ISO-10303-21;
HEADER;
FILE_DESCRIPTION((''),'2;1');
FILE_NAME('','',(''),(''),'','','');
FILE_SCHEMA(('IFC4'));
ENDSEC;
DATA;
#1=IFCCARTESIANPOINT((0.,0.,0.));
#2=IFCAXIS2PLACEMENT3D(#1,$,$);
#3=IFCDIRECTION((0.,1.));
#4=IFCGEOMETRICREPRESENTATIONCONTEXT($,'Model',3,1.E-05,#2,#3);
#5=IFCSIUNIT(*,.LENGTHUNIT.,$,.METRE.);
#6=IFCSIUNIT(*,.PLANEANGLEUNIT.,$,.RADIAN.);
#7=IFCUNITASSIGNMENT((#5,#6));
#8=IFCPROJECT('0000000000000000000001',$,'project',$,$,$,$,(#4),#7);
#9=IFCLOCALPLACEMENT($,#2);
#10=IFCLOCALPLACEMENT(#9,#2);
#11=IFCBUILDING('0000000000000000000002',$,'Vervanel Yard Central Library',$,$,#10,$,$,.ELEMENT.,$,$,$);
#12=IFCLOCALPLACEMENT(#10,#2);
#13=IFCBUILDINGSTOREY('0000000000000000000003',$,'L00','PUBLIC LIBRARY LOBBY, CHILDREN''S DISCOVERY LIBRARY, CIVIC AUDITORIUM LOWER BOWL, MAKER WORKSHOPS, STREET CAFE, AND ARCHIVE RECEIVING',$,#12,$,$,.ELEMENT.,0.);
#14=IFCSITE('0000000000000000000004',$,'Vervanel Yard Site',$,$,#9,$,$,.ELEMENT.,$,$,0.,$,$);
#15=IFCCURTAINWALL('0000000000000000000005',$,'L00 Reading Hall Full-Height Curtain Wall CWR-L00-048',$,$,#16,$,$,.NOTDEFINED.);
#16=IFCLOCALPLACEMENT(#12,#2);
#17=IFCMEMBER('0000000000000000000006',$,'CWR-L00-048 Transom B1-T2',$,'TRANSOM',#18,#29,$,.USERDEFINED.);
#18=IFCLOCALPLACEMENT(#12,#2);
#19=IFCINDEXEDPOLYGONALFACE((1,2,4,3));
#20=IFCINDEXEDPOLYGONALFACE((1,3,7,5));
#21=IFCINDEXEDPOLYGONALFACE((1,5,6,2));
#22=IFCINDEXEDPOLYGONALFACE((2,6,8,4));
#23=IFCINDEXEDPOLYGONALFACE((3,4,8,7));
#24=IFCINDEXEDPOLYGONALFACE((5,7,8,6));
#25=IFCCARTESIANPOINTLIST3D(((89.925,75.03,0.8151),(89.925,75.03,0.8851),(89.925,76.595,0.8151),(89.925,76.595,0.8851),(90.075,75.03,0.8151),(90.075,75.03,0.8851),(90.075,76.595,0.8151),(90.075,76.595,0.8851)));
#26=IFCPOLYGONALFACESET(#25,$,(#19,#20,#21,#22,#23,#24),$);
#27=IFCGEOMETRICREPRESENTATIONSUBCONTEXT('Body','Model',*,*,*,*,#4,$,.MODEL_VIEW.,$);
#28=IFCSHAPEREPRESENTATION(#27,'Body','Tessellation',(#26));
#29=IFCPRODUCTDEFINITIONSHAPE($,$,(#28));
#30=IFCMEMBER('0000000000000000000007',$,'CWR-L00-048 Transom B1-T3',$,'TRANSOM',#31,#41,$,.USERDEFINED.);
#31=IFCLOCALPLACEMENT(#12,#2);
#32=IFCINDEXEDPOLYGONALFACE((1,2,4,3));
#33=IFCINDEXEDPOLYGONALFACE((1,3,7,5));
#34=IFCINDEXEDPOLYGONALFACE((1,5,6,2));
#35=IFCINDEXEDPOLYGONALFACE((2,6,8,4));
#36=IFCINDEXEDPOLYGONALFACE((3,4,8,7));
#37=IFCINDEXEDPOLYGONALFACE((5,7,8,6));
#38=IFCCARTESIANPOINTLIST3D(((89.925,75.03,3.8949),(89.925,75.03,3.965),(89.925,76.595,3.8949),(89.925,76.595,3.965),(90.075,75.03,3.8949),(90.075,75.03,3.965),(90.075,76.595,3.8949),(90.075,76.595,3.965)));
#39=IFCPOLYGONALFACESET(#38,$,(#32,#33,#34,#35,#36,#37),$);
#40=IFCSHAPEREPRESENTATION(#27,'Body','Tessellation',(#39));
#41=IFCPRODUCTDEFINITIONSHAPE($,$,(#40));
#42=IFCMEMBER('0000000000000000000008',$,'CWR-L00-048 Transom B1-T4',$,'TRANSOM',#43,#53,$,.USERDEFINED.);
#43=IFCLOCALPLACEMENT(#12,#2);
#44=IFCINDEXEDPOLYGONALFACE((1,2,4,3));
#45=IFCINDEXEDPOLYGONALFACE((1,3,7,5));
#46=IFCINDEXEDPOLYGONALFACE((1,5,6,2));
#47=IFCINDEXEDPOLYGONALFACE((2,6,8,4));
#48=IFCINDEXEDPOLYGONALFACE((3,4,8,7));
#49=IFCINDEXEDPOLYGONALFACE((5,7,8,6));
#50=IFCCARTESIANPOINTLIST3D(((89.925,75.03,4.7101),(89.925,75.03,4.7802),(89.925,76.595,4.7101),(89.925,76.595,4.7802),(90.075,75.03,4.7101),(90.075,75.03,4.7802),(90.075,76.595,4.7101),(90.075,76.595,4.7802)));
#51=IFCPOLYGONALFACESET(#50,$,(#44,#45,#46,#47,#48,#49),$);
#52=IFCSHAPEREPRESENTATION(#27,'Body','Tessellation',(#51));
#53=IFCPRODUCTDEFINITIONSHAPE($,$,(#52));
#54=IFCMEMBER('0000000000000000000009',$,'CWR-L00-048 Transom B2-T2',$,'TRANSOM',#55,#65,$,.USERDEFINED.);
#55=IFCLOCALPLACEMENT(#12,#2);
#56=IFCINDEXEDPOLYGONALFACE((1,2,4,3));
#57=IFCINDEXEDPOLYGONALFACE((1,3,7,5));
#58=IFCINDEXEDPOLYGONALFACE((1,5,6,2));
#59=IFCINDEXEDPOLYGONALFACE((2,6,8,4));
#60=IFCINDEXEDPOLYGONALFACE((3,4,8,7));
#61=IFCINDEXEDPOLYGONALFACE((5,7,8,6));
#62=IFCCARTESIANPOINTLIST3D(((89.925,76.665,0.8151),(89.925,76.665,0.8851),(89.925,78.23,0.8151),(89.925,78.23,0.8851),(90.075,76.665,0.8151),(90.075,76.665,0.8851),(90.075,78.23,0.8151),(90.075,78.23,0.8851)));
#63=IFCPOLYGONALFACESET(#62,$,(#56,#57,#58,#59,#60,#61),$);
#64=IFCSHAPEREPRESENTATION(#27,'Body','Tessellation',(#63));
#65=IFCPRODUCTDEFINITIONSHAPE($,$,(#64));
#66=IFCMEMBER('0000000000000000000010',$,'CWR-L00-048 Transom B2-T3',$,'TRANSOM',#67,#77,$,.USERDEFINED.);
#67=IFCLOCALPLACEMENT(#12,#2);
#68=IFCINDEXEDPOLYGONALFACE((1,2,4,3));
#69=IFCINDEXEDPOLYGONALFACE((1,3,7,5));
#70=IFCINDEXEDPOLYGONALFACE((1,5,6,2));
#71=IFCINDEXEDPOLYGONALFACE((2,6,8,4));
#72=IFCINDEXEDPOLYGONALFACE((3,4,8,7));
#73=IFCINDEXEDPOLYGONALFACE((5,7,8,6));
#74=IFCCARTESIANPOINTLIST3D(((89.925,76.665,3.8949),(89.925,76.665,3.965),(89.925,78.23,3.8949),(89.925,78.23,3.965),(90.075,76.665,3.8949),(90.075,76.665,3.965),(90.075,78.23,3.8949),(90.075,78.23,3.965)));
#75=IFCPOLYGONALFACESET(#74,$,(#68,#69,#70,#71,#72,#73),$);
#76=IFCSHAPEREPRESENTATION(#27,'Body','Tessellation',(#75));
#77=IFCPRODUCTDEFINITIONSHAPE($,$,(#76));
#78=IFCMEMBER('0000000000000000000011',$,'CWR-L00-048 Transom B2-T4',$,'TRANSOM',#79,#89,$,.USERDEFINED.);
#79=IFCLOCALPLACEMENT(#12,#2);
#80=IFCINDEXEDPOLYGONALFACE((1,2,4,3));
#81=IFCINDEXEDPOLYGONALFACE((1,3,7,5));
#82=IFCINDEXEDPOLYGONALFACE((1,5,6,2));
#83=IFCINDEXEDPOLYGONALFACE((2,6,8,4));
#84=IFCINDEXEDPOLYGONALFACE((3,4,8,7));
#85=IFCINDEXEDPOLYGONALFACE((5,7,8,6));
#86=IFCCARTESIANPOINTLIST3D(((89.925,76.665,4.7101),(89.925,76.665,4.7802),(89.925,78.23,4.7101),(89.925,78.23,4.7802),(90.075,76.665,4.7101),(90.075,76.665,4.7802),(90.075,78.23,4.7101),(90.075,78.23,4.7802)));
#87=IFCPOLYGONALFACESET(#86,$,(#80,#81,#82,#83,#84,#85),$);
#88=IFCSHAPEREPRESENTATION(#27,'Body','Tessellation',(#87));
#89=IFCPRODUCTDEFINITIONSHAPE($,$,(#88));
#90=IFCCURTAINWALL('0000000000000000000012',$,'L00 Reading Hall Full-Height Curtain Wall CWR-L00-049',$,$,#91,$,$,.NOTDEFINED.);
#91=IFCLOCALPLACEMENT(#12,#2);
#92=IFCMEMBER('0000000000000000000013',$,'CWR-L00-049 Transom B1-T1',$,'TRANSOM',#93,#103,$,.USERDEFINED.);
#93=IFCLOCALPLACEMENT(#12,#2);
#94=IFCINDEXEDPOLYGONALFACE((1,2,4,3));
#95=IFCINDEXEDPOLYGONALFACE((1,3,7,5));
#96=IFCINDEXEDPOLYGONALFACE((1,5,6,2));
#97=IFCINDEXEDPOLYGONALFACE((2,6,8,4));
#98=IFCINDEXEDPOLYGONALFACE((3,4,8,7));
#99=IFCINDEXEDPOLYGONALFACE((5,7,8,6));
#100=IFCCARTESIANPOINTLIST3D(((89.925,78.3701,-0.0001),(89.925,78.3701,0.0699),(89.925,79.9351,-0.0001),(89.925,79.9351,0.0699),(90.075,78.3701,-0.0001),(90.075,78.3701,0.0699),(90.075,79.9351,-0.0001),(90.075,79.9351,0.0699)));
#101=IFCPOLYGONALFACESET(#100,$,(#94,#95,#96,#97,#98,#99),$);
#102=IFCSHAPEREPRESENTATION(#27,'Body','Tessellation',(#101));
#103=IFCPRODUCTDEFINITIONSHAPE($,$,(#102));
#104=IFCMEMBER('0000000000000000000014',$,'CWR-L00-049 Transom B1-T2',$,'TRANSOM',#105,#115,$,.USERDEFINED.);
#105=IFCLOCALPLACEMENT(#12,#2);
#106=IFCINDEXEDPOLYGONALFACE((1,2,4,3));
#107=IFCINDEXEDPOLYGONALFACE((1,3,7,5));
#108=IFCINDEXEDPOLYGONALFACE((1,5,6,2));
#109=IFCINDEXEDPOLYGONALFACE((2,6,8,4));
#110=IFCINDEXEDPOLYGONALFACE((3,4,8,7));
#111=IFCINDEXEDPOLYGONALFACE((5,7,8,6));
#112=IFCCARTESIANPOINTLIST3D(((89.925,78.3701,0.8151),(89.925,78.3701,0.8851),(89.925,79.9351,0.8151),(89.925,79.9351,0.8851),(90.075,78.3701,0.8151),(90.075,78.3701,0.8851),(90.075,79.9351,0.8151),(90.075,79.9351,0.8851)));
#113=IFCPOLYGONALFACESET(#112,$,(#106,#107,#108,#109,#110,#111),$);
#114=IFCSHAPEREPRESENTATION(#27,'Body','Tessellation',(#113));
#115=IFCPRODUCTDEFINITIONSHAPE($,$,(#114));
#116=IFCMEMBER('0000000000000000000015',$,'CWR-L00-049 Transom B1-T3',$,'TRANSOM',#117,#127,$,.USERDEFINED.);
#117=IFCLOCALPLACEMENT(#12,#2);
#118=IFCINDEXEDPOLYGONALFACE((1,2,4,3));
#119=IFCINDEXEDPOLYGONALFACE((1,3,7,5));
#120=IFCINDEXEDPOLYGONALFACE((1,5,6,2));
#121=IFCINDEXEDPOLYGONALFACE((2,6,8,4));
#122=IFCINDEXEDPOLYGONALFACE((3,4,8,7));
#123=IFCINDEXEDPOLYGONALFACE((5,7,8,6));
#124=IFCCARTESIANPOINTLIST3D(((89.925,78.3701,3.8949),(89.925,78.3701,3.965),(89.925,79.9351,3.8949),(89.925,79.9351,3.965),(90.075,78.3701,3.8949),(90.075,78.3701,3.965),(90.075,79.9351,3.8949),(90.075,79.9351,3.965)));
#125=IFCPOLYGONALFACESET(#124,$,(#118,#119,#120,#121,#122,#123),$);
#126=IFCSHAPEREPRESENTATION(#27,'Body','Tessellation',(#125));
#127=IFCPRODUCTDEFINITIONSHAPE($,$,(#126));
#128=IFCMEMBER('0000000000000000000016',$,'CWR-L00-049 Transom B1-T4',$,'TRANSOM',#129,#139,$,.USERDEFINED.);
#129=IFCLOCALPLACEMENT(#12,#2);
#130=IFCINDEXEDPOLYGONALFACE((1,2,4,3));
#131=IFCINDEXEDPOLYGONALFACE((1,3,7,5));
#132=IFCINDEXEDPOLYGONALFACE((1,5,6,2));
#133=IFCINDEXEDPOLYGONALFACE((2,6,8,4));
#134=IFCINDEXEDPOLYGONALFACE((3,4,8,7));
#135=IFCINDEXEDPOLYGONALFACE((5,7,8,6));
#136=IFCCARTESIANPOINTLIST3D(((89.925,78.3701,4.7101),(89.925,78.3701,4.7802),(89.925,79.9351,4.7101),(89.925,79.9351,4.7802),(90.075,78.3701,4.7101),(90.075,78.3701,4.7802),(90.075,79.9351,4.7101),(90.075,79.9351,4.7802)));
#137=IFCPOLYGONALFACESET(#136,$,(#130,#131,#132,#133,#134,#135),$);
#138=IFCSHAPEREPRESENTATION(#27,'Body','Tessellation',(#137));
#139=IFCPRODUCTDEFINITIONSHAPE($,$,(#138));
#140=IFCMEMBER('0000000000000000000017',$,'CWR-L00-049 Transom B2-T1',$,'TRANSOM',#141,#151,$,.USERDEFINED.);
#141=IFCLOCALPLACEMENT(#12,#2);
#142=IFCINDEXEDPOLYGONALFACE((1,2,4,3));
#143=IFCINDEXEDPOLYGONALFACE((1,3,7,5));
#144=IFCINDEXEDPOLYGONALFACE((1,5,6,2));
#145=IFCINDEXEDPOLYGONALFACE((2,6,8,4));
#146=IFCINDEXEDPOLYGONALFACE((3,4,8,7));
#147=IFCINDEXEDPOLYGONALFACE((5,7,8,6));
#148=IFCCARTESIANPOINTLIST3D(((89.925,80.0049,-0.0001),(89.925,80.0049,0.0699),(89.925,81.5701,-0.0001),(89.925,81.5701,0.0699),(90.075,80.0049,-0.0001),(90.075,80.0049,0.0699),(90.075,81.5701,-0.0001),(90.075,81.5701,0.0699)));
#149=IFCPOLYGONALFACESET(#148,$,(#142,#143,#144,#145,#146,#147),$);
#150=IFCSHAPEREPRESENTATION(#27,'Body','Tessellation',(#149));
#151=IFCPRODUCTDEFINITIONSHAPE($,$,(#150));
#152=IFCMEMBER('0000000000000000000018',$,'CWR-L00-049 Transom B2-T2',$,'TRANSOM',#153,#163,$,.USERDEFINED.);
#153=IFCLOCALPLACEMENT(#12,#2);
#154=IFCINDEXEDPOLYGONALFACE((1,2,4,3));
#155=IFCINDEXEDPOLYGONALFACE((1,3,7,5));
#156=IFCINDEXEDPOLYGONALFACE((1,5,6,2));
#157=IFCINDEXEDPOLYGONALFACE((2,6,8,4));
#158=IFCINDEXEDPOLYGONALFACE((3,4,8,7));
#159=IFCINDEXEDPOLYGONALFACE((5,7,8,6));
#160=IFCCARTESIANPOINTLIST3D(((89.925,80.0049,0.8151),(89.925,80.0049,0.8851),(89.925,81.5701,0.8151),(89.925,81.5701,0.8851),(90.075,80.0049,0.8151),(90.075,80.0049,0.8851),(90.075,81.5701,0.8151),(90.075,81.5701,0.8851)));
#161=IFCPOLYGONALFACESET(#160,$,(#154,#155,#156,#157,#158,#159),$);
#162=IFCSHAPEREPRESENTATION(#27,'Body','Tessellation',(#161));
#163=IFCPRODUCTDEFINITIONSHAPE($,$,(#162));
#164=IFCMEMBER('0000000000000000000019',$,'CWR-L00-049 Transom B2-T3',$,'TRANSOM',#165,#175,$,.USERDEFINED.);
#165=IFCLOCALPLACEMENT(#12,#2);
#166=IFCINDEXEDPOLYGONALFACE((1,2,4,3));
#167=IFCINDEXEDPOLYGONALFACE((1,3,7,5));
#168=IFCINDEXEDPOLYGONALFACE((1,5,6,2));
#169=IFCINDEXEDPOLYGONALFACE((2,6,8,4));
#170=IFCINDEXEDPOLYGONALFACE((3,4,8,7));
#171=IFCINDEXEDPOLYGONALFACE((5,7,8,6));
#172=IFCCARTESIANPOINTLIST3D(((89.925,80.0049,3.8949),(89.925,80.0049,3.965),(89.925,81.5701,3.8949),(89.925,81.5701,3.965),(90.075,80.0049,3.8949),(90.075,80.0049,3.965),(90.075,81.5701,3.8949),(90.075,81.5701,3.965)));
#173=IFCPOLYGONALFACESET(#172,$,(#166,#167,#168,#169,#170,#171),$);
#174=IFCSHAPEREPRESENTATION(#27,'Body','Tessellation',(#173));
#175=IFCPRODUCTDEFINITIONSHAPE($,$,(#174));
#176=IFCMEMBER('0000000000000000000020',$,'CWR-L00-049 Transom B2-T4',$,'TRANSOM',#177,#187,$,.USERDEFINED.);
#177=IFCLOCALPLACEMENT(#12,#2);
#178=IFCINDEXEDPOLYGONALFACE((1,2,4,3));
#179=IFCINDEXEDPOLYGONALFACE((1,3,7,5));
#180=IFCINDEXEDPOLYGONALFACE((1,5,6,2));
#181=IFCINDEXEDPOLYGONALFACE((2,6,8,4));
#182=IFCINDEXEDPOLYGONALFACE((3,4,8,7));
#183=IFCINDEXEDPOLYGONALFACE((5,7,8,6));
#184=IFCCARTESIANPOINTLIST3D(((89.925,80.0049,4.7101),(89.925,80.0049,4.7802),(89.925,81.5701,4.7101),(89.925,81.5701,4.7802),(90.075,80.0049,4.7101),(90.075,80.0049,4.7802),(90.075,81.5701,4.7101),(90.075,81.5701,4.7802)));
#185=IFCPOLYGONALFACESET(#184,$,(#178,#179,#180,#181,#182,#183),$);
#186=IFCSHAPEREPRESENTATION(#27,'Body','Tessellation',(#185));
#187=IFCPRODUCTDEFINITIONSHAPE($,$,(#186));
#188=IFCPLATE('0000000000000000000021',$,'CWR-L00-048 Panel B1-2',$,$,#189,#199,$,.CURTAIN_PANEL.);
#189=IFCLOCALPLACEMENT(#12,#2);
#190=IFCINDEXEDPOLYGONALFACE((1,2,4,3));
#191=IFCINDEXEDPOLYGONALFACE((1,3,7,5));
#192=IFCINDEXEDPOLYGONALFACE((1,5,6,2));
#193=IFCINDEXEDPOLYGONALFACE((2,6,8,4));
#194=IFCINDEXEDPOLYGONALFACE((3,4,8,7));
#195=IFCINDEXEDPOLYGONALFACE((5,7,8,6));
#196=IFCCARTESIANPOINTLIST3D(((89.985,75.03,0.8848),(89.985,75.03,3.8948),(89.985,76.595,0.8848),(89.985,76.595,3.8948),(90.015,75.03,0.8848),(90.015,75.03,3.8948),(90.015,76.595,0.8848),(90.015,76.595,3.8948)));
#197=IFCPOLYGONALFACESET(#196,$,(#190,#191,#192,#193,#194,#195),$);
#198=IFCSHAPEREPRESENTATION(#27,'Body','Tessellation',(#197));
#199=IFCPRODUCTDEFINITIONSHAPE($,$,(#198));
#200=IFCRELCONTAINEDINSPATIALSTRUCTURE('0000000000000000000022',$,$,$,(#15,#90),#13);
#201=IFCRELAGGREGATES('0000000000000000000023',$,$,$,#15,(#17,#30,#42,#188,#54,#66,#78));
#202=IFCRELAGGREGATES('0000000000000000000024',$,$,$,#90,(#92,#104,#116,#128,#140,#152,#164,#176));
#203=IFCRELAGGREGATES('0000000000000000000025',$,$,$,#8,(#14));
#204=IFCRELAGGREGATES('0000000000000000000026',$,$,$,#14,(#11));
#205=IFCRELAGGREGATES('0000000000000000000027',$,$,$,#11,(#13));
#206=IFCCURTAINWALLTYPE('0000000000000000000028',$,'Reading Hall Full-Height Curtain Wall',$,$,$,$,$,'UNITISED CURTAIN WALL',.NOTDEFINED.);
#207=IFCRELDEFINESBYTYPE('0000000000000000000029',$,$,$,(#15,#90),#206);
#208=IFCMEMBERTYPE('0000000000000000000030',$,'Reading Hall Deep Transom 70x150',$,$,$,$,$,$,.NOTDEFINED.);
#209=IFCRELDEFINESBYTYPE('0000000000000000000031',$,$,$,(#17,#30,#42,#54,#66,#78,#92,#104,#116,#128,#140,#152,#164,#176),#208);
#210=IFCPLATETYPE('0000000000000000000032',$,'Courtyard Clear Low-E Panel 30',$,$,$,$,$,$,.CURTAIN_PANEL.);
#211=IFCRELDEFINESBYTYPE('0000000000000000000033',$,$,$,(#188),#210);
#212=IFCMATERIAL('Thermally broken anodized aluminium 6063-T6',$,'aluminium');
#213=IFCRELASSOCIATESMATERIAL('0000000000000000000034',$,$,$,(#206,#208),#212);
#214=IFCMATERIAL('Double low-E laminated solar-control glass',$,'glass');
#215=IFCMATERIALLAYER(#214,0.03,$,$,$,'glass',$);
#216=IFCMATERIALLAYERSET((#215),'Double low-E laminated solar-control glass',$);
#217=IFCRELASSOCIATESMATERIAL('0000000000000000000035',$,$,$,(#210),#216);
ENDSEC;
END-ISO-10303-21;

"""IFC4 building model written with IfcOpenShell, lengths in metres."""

from ifc_helpers import new_model, si_unit, direction, frame, origin, origin_2d, place, context, subcontext, project, spatial, rectangle, extrude, material, layer, layer_set, material_profile, profile_set, type_object, element, aggregate, save


model = new_model("IFC4")

# Units and contexts
model_context = context("Model", 3, precision=1e-05, world=origin(), true_north=direction((0.0, 1.0)))
body_context = subcontext(model_context, "Body", "Model", "MODEL_VIEW")
ifc_project = project(units=[si_unit("LENGTHUNIT", "METRE"), si_unit("PLANEANGLEUNIT", "RADIAN")], contexts=[model_context])

# Site, building, storey
site_placement = place(None, origin())
site = spatial("IfcSite", under=ifc_project, at=site_placement, Name="Vervanel Yard Site", CompositionType="ELEMENT", RefElevation=0.0)
building_placement = place(site_placement, origin())
building = spatial("IfcBuilding", under=site, at=building_placement, Name="Vervanel Yard Central Library", CompositionType="ELEMENT")
storey_placement = place(building_placement, origin())
storey = spatial("IfcBuildingStorey", under=building, at=storey_placement, Name="L00", Description="PUBLIC LIBRARY LOBBY, CHILDREN'S DISCOVERY LIBRARY, CIVIC AUDITORIUM LOWER BOWL, MAKER WORKSHOPS, STREET CAFE, AND ARCHIVE RECEIVING", CompositionType="ELEMENT", Elevation=0.0)

# Curtain walls, members
ifc_material_1 = material(Name="Thermally broken anodized aluminium 6063-T6", Category="aluminium")
curtain_wall_type = type_object("IfcCurtainWallType", Name="Reading Hall Full-Height Curtain Wall", ElementType="UNITISED CURTAIN WALL", PredefinedType="NOTDEFINED", material=ifc_material_1)
curtain_wall_1_placement = place(storey_placement, origin())
curtain_wall_1 = element("IfcCurtainWall", 1, at=curtain_wall_1_placement, inside=storey, type_object=curtain_wall_type, Name="L00 Reading Hall Full-Height Curtain Wall CWR-L00-048", PredefinedType="NOTDEFINED")
ifc_material_profile = material_profile(ifc_material_1, rectangle(XDim=0.0701, YDim=0.1499, at=origin_2d()), Name="ALU 70x150", Category="aluminium")
ifc_profile_set = profile_set([ifc_material_profile], Name="Thermally broken anodized aluminium 6063-T6")
member_type = type_object("IfcMemberType", Name="Reading Hall Deep Transom 70x150", PredefinedType="NOTDEFINED", material=ifc_profile_set)
member_1_placement = place(storey_placement, frame((90.0, 75.03, 0.8501), z_axis=(0.0, 1.0, 0.0), x_axis=(0.0, 0.0, 1.0)))
member_1 = element("IfcMember", 2, at=member_1_placement, type_object=member_type, Name="CWR-L00-048 Transom B1-T2", ObjectType="TRANSOM", PredefinedType="USERDEFINED", context=body_context, shape_type="SweptSolid", body=[
    extrude(rectangle(XDim=0.0701, YDim=0.1499, at=origin_2d()), origin(), (0.0, 0.0, 1.0), 1.5649),
])
member_2_placement = place(storey_placement, frame((90.0, 75.03, 3.9299), z_axis=(0.0, 1.0, 0.0), x_axis=(0.0, 0.0, 1.0)))
member_2 = element("IfcMember", 3, at=member_2_placement, type_object=member_type, Name="CWR-L00-048 Transom B1-T3", ObjectType="TRANSOM", PredefinedType="USERDEFINED", context=body_context, shape_type="SweptSolid", body=[
    extrude(rectangle(XDim=0.0701, YDim=0.1499, at=origin_2d()), origin(), (0.0, 0.0, 1.0), 1.5649),
])
member_3_placement = place(storey_placement, frame((90.0, 75.03, 4.7451), z_axis=(0.0, 1.0, 0.0), x_axis=(0.0, 0.0, 1.0)))
member_3 = element("IfcMember", 4, at=member_3_placement, type_object=member_type, Name="CWR-L00-048 Transom B1-T4", ObjectType="TRANSOM", PredefinedType="USERDEFINED", context=body_context, shape_type="SweptSolid", body=[
    extrude(rectangle(XDim=0.0701, YDim=0.1499, at=origin_2d()), origin(), (0.0, 0.0, 1.0), 1.5649),
])
member_4_placement = place(storey_placement, frame((90.0, 76.665, 0.8501), z_axis=(0.0, 1.0, 0.0), x_axis=(0.0, 0.0, 1.0)))
member_4 = element("IfcMember", 5, at=member_4_placement, type_object=member_type, Name="CWR-L00-048 Transom B2-T2", ObjectType="TRANSOM", PredefinedType="USERDEFINED", context=body_context, shape_type="SweptSolid", body=[
    extrude(rectangle(XDim=0.0701, YDim=0.1499, at=origin_2d()), origin(), (0.0, 0.0, 1.0), 1.5649),
])
member_5_placement = place(storey_placement, frame((90.0, 76.665, 3.9299), z_axis=(0.0, 1.0, 0.0), x_axis=(0.0, 0.0, 1.0)))
member_5 = element("IfcMember", 6, at=member_5_placement, type_object=member_type, Name="CWR-L00-048 Transom B2-T3", ObjectType="TRANSOM", PredefinedType="USERDEFINED", context=body_context, shape_type="SweptSolid", body=[
    extrude(rectangle(XDim=0.0701, YDim=0.1499, at=origin_2d()), origin(), (0.0, 0.0, 1.0), 1.5649),
])
member_6_placement = place(storey_placement, frame((90.0, 76.665, 4.7451), z_axis=(0.0, 1.0, 0.0), x_axis=(0.0, 0.0, 1.0)))
member_6 = element("IfcMember", 7, at=member_6_placement, type_object=member_type, Name="CWR-L00-048 Transom B2-T4", ObjectType="TRANSOM", PredefinedType="USERDEFINED", context=body_context, shape_type="SweptSolid", body=[
    extrude(rectangle(XDim=0.0701, YDim=0.1499, at=origin_2d()), origin(), (0.0, 0.0, 1.0), 1.5649),
])
curtain_wall_2_placement = place(storey_placement, origin())
curtain_wall_2 = element("IfcCurtainWall", 8, at=curtain_wall_2_placement, inside=storey, type_object=curtain_wall_type, Name="L00 Reading Hall Full-Height Curtain Wall CWR-L00-049", PredefinedType="NOTDEFINED")
member_7_placement = place(storey_placement, frame((90.0, 78.3701, 0.0349), z_axis=(0.0, 1.0, 0.0), x_axis=(0.0, 0.0, 1.0)))
member_7 = element("IfcMember", 9, at=member_7_placement, type_object=member_type, Name="CWR-L00-049 Transom B1-T1", ObjectType="TRANSOM", PredefinedType="USERDEFINED", context=body_context, shape_type="SweptSolid", body=[
    extrude(rectangle(XDim=0.0701, YDim=0.1499, at=origin_2d()), origin(), (0.0, 0.0, 1.0), 1.5649),
])
member_8_placement = place(storey_placement, frame((90.0, 78.3701, 0.8501), z_axis=(0.0, 1.0, 0.0), x_axis=(0.0, 0.0, 1.0)))
member_8 = element("IfcMember", 10, at=member_8_placement, type_object=member_type, Name="CWR-L00-049 Transom B1-T2", ObjectType="TRANSOM", PredefinedType="USERDEFINED", context=body_context, shape_type="SweptSolid", body=[
    extrude(rectangle(XDim=0.0701, YDim=0.1499, at=origin_2d()), origin(), (0.0, 0.0, 1.0), 1.5649),
])
member_9_placement = place(storey_placement, frame((90.0, 78.3701, 3.9299), z_axis=(0.0, 1.0, 0.0), x_axis=(0.0, 0.0, 1.0)))
member_9 = element("IfcMember", 11, at=member_9_placement, type_object=member_type, Name="CWR-L00-049 Transom B1-T3", ObjectType="TRANSOM", PredefinedType="USERDEFINED", context=body_context, shape_type="SweptSolid", body=[
    extrude(rectangle(XDim=0.0701, YDim=0.1499, at=origin_2d()), origin(), (0.0, 0.0, 1.0), 1.5649),
])
member_10_placement = place(storey_placement, frame((90.0, 78.3701, 4.7451), z_axis=(0.0, 1.0, 0.0), x_axis=(0.0, 0.0, 1.0)))
member_10 = element("IfcMember", 12, at=member_10_placement, type_object=member_type, Name="CWR-L00-049 Transom B1-T4", ObjectType="TRANSOM", PredefinedType="USERDEFINED", context=body_context, shape_type="SweptSolid", body=[
    extrude(rectangle(XDim=0.0701, YDim=0.1499, at=origin_2d()), origin(), (0.0, 0.0, 1.0), 1.5649),
])
member_11_placement = place(storey_placement, frame((90.0, 80.0049, 0.0349), z_axis=(0.0, 1.0, 0.0), x_axis=(0.0, 0.0, 1.0)))
member_11 = element("IfcMember", 13, at=member_11_placement, type_object=member_type, Name="CWR-L00-049 Transom B2-T1", ObjectType="TRANSOM", PredefinedType="USERDEFINED", context=body_context, shape_type="SweptSolid", body=[
    extrude(rectangle(XDim=0.0701, YDim=0.1499, at=origin_2d()), origin(), (0.0, 0.0, 1.0), 1.5652),
])
member_12_placement = place(storey_placement, frame((90.0, 80.0049, 0.8501), z_axis=(0.0, 1.0, 0.0), x_axis=(0.0, 0.0, 1.0)))
member_12 = element("IfcMember", 14, at=member_12_placement, type_object=member_type, Name="CWR-L00-049 Transom B2-T2", ObjectType="TRANSOM", PredefinedType="USERDEFINED", context=body_context, shape_type="SweptSolid", body=[
    extrude(rectangle(XDim=0.0701, YDim=0.1499, at=origin_2d()), origin(), (0.0, 0.0, 1.0), 1.5652),
])
member_13_placement = place(storey_placement, frame((90.0, 80.0049, 3.9299), z_axis=(0.0, 1.0, 0.0), x_axis=(0.0, 0.0, 1.0)))
member_13 = element("IfcMember", 15, at=member_13_placement, type_object=member_type, Name="CWR-L00-049 Transom B2-T3", ObjectType="TRANSOM", PredefinedType="USERDEFINED", context=body_context, shape_type="SweptSolid", body=[
    extrude(rectangle(XDim=0.0701, YDim=0.1499, at=origin_2d()), origin(), (0.0, 0.0, 1.0), 1.5652),
])
member_14_placement = place(storey_placement, frame((90.0, 80.0049, 4.7451), z_axis=(0.0, 1.0, 0.0), x_axis=(0.0, 0.0, 1.0)))
member_14 = element("IfcMember", 16, at=member_14_placement, type_object=member_type, Name="CWR-L00-049 Transom B2-T4", ObjectType="TRANSOM", PredefinedType="USERDEFINED", context=body_context, shape_type="SweptSolid", body=[
    extrude(rectangle(XDim=0.0701, YDim=0.1499, at=origin_2d()), origin(), (0.0, 0.0, 1.0), 1.5652),
])

# Plate
ifc_material_2 = material(Name="Double low-E laminated solar-control glass", Category="glass")
ifc_layer_1 = layer(ifc_material_2, 0.03, Category="glass")
ifc_layer_set_1 = layer_set([ifc_layer_1], Name="Double low-E laminated solar-control glass")
plate_type_1 = type_object("IfcPlateType", Name="Courtyard Clear Low-E Panel 30", PredefinedType="CURTAIN_PANEL", material=ifc_layer_set_1)
plate_1_placement = place(storey_placement, frame((90.0, 75.8125, 0.8848), z_axis=(0.0, 0.0, 1.0), x_axis=(0.0, 1.0, 0.0)))
plate_1 = element("IfcPlate", 17, at=plate_1_placement, type_object=plate_type_1, Name="CWR-L00-048 Panel B1-2", PredefinedType="CURTAIN_PANEL", context=body_context, shape_type="SweptSolid", body=[
    extrude(rectangle(XDim=1.5649, YDim=0.03, at=origin_2d()), origin(), (0.0, 0.0, 1.0), 3.01),
])
aggregate(curtain_wall_1, [member_1, member_2, member_3, plate_1, member_4, member_5, member_6])
aggregate(curtain_wall_2, [member_7, member_8, member_9, member_10, member_11, member_12, member_13, member_14])

save(model, "model.ifc")
